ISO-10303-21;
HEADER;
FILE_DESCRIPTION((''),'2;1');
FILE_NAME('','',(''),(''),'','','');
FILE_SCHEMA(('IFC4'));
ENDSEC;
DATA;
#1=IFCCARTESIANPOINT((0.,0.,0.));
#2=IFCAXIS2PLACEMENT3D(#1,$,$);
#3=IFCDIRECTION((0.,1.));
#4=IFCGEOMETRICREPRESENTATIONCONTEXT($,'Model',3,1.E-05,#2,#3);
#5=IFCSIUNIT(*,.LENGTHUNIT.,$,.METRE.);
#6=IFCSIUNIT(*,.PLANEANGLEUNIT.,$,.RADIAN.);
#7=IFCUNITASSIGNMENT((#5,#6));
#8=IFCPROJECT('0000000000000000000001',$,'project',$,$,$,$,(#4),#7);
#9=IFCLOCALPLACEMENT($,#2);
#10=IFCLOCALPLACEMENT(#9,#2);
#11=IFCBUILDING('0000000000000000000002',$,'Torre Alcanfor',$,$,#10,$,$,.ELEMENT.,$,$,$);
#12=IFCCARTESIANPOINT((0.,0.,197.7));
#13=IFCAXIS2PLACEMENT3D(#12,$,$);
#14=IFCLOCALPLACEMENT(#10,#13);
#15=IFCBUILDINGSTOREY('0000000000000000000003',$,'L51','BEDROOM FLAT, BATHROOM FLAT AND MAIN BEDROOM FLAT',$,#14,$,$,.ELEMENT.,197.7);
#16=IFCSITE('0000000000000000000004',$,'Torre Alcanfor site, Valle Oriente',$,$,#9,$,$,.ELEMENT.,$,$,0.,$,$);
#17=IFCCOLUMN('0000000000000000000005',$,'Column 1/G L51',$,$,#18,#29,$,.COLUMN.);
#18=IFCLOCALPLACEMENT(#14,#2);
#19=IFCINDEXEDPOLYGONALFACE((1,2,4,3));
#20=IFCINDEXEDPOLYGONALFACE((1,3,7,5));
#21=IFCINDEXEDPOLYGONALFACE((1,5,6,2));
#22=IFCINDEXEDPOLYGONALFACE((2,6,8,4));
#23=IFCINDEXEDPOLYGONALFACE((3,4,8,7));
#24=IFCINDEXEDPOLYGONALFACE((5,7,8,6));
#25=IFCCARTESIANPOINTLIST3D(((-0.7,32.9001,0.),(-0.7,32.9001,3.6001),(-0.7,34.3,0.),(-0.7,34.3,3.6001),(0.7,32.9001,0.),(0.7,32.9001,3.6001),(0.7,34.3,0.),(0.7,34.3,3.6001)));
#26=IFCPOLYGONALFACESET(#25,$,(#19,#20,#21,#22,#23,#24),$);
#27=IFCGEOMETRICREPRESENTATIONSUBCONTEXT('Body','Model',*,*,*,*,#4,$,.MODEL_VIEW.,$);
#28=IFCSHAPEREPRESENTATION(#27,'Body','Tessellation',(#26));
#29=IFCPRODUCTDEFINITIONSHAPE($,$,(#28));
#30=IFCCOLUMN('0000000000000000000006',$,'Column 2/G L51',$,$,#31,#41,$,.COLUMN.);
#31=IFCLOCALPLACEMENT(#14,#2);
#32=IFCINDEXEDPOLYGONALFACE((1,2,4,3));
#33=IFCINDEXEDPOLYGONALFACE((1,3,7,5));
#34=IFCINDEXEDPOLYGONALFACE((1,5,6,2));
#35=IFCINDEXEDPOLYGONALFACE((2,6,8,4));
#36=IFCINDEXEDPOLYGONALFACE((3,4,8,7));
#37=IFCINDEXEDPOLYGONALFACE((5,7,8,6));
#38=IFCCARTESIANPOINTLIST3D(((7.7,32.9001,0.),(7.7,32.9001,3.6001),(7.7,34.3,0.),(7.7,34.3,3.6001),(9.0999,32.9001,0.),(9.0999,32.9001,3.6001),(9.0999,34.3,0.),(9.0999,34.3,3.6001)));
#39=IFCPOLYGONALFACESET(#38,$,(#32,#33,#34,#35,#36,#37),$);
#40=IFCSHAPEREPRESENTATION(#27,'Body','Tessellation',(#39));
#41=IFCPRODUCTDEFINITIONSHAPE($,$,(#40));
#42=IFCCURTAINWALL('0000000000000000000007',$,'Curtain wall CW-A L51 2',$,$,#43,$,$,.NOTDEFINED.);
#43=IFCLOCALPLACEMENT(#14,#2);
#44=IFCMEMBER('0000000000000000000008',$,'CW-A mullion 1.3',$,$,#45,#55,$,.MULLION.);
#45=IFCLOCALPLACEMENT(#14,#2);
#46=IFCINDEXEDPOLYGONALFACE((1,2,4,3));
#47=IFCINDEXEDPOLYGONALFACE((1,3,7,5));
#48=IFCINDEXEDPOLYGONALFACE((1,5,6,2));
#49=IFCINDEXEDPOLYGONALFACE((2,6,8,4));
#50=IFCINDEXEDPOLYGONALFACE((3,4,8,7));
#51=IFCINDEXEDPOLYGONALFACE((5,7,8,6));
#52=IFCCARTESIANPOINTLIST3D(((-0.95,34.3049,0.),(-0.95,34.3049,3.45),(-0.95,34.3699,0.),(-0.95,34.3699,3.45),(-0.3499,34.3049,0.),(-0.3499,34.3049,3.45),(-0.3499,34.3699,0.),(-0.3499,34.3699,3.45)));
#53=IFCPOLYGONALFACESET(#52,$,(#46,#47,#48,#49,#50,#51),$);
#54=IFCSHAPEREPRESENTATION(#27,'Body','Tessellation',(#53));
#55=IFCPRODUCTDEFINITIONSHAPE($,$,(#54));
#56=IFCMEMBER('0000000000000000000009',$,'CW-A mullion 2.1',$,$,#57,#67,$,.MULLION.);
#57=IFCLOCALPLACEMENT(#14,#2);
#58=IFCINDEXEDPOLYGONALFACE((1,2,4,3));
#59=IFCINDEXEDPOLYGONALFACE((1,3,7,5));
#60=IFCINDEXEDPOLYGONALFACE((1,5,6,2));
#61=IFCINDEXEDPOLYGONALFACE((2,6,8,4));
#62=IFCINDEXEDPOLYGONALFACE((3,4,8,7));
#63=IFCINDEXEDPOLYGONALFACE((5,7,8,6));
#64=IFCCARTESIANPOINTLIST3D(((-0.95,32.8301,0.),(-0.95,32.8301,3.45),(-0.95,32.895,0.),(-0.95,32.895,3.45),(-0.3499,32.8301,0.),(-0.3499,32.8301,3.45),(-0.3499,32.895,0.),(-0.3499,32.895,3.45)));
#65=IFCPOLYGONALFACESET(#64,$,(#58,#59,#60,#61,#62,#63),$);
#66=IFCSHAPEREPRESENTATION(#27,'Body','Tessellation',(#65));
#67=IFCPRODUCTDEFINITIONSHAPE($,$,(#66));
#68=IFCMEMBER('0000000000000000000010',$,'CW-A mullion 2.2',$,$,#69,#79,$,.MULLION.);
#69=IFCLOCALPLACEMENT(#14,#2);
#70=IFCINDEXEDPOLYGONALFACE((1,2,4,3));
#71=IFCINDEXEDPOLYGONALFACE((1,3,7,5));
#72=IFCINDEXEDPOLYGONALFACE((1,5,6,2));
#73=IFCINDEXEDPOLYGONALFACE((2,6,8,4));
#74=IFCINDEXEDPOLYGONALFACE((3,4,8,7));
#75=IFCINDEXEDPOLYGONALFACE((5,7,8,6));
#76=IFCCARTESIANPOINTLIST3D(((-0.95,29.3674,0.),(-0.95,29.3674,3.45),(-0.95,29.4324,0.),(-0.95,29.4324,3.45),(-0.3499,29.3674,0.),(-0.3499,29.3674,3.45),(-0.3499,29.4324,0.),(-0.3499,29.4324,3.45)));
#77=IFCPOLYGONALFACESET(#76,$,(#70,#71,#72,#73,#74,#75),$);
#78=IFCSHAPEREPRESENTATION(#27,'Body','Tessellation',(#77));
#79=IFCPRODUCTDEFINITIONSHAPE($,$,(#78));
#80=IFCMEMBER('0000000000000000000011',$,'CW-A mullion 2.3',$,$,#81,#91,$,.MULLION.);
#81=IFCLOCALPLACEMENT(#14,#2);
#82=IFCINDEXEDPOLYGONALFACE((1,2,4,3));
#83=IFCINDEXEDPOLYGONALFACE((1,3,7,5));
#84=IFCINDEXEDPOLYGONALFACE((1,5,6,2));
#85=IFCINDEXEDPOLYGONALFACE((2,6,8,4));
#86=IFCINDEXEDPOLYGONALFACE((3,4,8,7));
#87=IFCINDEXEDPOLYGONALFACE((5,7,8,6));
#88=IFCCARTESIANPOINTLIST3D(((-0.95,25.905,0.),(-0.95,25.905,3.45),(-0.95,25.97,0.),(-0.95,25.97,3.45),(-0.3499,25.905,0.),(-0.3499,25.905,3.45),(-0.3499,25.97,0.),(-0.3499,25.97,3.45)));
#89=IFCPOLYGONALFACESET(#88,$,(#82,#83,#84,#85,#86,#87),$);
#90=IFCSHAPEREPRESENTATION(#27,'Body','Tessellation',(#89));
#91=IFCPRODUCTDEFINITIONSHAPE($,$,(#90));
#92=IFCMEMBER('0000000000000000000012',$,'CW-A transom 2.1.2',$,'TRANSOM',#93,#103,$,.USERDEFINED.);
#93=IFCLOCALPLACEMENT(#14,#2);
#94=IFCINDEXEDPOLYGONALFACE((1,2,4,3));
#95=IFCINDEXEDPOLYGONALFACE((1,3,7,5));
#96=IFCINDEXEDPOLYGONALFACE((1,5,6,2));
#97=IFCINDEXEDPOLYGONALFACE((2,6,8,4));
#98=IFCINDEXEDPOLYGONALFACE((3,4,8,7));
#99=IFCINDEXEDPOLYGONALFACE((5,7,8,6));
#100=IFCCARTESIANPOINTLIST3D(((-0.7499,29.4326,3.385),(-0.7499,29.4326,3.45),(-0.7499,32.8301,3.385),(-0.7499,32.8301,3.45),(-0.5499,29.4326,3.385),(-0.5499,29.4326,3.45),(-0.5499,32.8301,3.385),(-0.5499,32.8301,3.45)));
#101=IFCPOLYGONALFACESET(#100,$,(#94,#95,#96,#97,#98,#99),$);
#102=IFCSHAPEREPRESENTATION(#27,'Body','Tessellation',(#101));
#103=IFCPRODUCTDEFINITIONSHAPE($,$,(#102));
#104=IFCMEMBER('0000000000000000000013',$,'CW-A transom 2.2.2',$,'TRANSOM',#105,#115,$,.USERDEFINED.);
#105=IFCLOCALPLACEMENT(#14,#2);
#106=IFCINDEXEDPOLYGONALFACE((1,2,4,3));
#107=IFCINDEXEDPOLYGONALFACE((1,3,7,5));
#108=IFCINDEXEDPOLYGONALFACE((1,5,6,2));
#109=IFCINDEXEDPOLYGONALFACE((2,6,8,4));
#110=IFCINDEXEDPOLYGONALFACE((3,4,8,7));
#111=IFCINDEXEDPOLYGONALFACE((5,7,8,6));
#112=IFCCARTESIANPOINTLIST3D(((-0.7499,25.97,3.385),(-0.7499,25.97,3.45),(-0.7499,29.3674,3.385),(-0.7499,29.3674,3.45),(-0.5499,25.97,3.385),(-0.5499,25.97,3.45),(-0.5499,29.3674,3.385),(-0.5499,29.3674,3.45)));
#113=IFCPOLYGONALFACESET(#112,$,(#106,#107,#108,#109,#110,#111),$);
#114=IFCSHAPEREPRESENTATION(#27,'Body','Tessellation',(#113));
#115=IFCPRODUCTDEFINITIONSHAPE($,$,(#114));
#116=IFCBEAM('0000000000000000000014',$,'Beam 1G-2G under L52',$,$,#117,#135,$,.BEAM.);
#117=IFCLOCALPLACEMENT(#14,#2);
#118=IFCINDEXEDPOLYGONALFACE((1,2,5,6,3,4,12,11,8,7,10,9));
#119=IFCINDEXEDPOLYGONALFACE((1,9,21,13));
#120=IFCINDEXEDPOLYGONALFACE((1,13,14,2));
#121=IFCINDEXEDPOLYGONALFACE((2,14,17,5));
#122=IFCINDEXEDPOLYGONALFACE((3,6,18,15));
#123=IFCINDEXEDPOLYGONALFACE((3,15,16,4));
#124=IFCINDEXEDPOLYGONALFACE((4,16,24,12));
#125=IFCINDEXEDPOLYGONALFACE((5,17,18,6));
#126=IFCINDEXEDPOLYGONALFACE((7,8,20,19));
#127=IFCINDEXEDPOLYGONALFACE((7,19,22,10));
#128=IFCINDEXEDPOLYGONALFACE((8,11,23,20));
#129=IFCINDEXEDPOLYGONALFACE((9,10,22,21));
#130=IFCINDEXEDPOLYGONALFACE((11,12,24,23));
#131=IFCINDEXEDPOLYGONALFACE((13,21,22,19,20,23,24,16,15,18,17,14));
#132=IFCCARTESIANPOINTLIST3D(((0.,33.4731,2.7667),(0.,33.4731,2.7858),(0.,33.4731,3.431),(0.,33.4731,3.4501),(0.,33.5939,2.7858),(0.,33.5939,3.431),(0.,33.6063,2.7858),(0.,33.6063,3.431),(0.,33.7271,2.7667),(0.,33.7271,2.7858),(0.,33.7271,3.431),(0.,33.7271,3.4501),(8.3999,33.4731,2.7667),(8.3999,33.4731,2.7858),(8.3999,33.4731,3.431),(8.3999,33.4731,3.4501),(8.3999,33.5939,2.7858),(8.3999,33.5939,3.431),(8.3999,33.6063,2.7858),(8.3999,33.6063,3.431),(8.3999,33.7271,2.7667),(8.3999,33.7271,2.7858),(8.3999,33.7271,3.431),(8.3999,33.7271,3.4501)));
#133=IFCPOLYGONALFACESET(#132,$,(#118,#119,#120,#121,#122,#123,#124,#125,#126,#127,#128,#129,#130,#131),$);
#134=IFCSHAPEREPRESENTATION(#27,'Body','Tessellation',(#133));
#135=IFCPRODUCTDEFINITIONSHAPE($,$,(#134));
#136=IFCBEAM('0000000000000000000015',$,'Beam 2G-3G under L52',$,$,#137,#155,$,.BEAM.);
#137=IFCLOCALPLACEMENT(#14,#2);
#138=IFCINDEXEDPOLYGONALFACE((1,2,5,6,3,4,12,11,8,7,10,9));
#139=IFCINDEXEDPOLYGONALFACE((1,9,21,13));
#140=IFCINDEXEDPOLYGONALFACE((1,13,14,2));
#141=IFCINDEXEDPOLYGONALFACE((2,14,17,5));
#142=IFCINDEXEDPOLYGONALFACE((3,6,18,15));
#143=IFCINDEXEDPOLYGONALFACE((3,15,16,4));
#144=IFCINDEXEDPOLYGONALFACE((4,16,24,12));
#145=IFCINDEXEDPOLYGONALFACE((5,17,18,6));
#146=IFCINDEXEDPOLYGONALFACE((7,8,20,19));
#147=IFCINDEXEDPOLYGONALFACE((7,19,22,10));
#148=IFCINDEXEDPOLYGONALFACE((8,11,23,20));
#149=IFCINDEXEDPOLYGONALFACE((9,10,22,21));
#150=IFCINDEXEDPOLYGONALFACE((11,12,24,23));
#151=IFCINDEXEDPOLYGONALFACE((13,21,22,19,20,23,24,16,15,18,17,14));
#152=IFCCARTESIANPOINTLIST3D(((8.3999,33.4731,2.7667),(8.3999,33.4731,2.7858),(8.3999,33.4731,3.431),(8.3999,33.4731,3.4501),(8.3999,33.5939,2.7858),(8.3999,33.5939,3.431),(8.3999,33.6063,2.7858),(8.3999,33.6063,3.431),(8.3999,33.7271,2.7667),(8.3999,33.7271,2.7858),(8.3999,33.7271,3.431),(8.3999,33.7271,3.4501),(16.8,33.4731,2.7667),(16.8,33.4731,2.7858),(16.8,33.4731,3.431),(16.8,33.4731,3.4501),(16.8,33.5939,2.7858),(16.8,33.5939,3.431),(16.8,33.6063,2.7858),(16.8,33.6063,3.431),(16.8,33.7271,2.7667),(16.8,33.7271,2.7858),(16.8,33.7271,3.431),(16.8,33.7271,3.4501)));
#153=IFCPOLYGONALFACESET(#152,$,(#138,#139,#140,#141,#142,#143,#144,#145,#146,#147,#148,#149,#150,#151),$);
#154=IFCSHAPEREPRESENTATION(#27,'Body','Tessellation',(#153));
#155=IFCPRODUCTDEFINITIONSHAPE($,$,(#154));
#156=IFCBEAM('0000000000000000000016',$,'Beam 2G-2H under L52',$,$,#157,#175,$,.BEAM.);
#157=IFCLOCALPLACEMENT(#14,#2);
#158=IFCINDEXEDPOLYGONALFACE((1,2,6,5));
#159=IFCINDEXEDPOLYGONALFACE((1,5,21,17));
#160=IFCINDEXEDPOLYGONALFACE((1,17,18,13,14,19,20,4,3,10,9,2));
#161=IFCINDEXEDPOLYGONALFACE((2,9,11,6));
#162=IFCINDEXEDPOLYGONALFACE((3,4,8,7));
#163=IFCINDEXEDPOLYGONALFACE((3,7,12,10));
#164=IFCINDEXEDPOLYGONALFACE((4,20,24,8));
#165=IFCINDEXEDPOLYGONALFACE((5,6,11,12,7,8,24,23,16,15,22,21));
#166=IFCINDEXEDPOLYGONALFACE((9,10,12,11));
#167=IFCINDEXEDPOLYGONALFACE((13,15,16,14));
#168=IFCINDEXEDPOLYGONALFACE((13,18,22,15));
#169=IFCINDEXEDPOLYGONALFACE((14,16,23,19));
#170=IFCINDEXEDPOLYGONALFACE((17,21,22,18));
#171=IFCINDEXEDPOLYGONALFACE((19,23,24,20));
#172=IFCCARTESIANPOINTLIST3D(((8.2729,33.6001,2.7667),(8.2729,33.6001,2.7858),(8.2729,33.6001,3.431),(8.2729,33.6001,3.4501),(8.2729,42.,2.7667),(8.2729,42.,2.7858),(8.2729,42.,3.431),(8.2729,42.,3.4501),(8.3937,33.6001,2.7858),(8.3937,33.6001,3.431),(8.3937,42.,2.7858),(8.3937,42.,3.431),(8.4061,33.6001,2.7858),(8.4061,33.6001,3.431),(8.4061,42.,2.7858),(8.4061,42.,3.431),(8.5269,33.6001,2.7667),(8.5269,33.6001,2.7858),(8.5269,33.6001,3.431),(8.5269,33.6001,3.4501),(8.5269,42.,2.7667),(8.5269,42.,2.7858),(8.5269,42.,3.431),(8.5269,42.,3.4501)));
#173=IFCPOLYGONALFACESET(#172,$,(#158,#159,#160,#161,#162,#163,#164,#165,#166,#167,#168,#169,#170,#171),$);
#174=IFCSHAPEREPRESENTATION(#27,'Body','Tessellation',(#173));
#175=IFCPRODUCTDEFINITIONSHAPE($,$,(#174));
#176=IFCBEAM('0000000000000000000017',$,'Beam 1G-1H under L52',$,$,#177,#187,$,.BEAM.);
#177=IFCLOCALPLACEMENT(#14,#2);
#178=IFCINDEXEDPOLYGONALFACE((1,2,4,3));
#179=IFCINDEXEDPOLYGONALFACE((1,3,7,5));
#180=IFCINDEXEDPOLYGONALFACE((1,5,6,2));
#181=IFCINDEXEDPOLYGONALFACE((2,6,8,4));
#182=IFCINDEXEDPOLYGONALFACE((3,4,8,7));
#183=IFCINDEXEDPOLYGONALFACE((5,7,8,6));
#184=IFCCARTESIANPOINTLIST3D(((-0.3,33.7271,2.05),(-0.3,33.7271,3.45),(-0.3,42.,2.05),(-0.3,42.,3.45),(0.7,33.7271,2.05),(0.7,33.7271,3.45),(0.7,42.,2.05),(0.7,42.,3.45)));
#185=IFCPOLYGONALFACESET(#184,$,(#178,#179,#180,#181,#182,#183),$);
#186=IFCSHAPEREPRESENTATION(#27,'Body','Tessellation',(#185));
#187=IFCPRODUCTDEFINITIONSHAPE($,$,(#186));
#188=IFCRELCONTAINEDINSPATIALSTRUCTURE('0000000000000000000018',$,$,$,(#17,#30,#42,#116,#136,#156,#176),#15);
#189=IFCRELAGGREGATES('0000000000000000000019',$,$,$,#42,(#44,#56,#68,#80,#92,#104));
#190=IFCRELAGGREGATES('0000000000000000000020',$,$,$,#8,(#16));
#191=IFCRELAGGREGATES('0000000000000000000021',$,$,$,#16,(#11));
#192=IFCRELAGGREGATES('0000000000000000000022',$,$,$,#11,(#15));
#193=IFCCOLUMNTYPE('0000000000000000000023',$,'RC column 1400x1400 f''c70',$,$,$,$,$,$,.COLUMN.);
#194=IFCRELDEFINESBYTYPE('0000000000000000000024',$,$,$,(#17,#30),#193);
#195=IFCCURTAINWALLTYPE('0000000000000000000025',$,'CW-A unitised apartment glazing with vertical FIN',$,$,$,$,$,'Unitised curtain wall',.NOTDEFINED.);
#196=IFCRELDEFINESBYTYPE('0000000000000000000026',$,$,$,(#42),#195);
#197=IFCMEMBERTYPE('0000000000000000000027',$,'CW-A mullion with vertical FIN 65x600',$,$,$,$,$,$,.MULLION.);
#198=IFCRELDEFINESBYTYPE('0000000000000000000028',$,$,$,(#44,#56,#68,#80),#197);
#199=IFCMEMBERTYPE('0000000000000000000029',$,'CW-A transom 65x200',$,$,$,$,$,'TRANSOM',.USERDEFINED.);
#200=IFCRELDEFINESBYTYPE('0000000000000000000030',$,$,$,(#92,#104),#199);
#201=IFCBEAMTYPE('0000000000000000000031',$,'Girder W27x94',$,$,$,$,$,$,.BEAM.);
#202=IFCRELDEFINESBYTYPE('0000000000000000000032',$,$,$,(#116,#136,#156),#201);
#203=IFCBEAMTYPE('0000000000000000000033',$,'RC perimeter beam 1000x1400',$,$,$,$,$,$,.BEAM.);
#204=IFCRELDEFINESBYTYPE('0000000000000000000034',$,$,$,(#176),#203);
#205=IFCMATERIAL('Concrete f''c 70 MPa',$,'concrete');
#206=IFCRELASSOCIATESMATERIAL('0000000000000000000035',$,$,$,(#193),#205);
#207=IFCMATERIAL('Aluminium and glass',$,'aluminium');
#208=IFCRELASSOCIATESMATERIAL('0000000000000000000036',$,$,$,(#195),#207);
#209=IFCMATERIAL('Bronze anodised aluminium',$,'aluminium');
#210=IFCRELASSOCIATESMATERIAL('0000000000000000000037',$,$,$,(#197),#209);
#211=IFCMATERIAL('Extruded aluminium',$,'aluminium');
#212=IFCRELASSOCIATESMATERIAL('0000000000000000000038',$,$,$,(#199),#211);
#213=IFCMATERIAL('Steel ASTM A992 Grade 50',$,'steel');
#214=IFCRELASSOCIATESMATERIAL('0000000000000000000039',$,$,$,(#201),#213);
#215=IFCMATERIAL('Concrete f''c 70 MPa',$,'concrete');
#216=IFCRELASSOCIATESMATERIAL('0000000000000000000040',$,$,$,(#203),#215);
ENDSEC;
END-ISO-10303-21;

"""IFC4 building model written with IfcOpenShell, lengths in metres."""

from ifc_helpers import new_model, si_unit, direction, frame, origin, origin_2d, place, context, subcontext, project, spatial, rectangle, i_section, extrude, material, material_profile, profile_set, type_object, element, aggregate, save


model = new_model("IFC4")

# Units and contexts
model_context = context("Model", 3, precision=1e-05, world=origin(), true_north=direction((0.0, 1.0)))
body_context = subcontext(model_context, "Body", "Model", "MODEL_VIEW")
ifc_project = project(units=[si_unit("LENGTHUNIT", "METRE"), si_unit("PLANEANGLEUNIT", "RADIAN")], contexts=[model_context])

# Site, building, storey
site_placement = place(None, origin())
site = spatial("IfcSite", under=ifc_project, at=site_placement, Name="Torre Alcanfor site, Valle Oriente", CompositionType="ELEMENT", RefElevation=0.0)
building_placement = place(site_placement, origin())
building = spatial("IfcBuilding", under=site, at=building_placement, Name="Torre Alcanfor", CompositionType="ELEMENT")
storey_placement = place(building_placement, frame((0.0, 0.0, 197.7)))
storey = spatial("IfcBuildingStorey", under=building, at=storey_placement, Name="L51", Description="BEDROOM FLAT, BATHROOM FLAT AND MAIN BEDROOM FLAT", CompositionType="ELEMENT", Elevation=197.7)

# Columns
ifc_material_1 = material(Name="Concrete f'c 70 MPa", Category="concrete")
ifc_material_profile_1 = material_profile(ifc_material_1, rectangle(XDim=1.3999, YDim=1.3999, at=origin_2d()), Name="1400x1400")
ifc_profile_set_1 = profile_set([ifc_material_profile_1], Name="Concrete f'c 70 MPa")
column_type = type_object("IfcColumnType", Name="RC column 1400x1400 f'c70", PredefinedType="COLUMN", material=ifc_profile_set_1)
for number, where, z_axis, x_axis, name in (
    (1, (0.0, 33.6001, 0.0), (0.0, 0.0, 1.0), (1.0, 0.0, 0.0), "Column 1/G L51"),
    (2, (8.3999, 33.6001, 0.0), (0.0, 0.0, 1.0), (1.0, 0.0, 0.0), "Column 2/G L51"),
):
    element("IfcColumn", number, at=place(storey_placement, frame(where, z_axis=z_axis, x_axis=x_axis)), inside=storey, type_object=column_type, Name=name, PredefinedType="COLUMN", context=body_context, shape_type="SweptSolid", body=[
        extrude(rectangle(XDim=1.3999, YDim=1.3999, at=origin_2d()), origin(), (0.0, 0.0, 1.0), 3.6001),
    ])

# Curtain wall, members
ifc_material_2 = material(Name="Aluminium and glass", Category="aluminium")
curtain_wall_type = type_object("IfcCurtainWallType", Name="CW-A unitised apartment glazing with vertical FIN", ElementType="Unitised curtain wall", PredefinedType="NOTDEFINED", material=ifc_material_2)
curtain_wall_placement = place(storey_placement, origin())
curtain_wall = element("IfcCurtainWall", 3, at=curtain_wall_placement, inside=storey, type_object=curtain_wall_type, Name="Curtain wall CW-A L51 2", PredefinedType="NOTDEFINED")
ifc_material_3 = material(Name="Bronze anodised aluminium", Category="aluminium")
ifc_material_profile_2 = material_profile(ifc_material_3, rectangle(XDim=0.6001, YDim=0.0649, at=origin_2d()), Name="CW-A mullion 65x600")
ifc_profile_set_2 = profile_set([ifc_material_profile_2], Name="Bronze anodised aluminium")
member_type_1 = type_object("IfcMemberType", Name="CW-A mullion with vertical FIN 65x600", PredefinedType="MULLION", material=ifc_profile_set_2)
member_1_placement = place(storey_placement, frame((-0.6499, 34.3374, 0.0), z_axis=(0.0, 0.0, 1.0), x_axis=(1.0, 0.0, 0.0)))
member_1 = element("IfcMember", 4, at=member_1_placement, type_object=member_type_1, Name="CW-A mullion 1.3", PredefinedType="MULLION", context=body_context, shape_type="SweptSolid", body=[
    extrude(rectangle(XDim=0.6001, YDim=0.0649, at=origin_2d()), origin(), (0.0, 0.0, 1.0), 3.45),
])
member_2_placement = place(storey_placement, frame((-0.6499, 32.8625, 0.0), z_axis=(0.0, 0.0, 1.0), x_axis=(1.0, 0.0, 0.0)))
member_2 = element("IfcMember", 5, at=member_2_placement, type_object=member_type_1, Name="CW-A mullion 2.1", PredefinedType="MULLION", context=body_context, shape_type="SweptSolid", body=[
    extrude(rectangle(XDim=0.6001, YDim=0.0649, at=origin_2d()), origin(), (0.0, 0.0, 1.0), 3.45),
])
member_3_placement = place(storey_placement, frame((-0.6499, 29.3999, 0.0), z_axis=(0.0, 0.0, 1.0), x_axis=(1.0, 0.0, 0.0)))
member_3 = element("IfcMember", 6, at=member_3_placement, type_object=member_type_1, Name="CW-A mullion 2.2", PredefinedType="MULLION", context=body_context, shape_type="SweptSolid", body=[
    extrude(rectangle(XDim=0.6001, YDim=0.0649, at=origin_2d()), origin(), (0.0, 0.0, 1.0), 3.45),
])
member_4_placement = place(storey_placement, frame((-0.6499, 25.9375, 0.0), z_axis=(0.0, 0.0, 1.0), x_axis=(1.0, 0.0, 0.0)))
member_4 = element("IfcMember", 7, at=member_4_placement, type_object=member_type_1, Name="CW-A mullion 2.3", PredefinedType="MULLION", context=body_context, shape_type="SweptSolid", body=[
    extrude(rectangle(XDim=0.6001, YDim=0.0649, at=origin_2d()), origin(), (0.0, 0.0, 1.0), 3.45),
])
ifc_material_4 = material(Name="Extruded aluminium", Category="aluminium")
ifc_material_profile_3 = material_profile(ifc_material_4, rectangle(XDim=0.2, YDim=0.0649, at=origin_2d()), Name="CW-A transom 200x65")
ifc_profile_set_3 = profile_set([ifc_material_profile_3], Name="Extruded aluminium")
member_type_2 = type_object("IfcMemberType", Name="CW-A transom 65x200", ElementType="TRANSOM", PredefinedType="USERDEFINED", material=ifc_profile_set_3)
member_5_placement = place(storey_placement, frame((-0.6499, 32.8301, 3.4175), z_axis=(0.0, -1.0, 0.0), x_axis=(1.0, 0.0, 0.0)))
member_5 = element("IfcMember", 8, at=member_5_placement, type_object=member_type_2, Name="CW-A transom 2.1.2", ObjectType="TRANSOM", PredefinedType="USERDEFINED", context=body_context, shape_type="SweptSolid", body=[
    extrude(rectangle(XDim=0.2, YDim=0.0649, at=origin_2d()), origin(), (0.0, 0.0, 1.0), 3.3975),
])
member_6_placement = place(storey_placement, frame((-0.6499, 29.3674, 3.4175), z_axis=(0.0, -1.0, 0.0), x_axis=(1.0, 0.0, 0.0)))
member_6 = element("IfcMember", 9, at=member_6_placement, type_object=member_type_2, Name="CW-A transom 2.2.2", ObjectType="TRANSOM", PredefinedType="USERDEFINED", context=body_context, shape_type="SweptSolid", body=[
    extrude(rectangle(XDim=0.2, YDim=0.0649, at=origin_2d()), origin(), (0.0, 0.0, 1.0), 3.3975),
])

# Beams
ifc_material_5 = material(Name="Steel ASTM A992 Grade 50", Category="steel")
ifc_material_profile_4 = material_profile(ifc_material_5, i_section(OverallWidth=0.2539, OverallDepth=0.6833, WebThickness=0.0125, FlangeThickness=0.019, at=origin_2d()), Name="W27x94")
ifc_profile_set_4 = profile_set([ifc_material_profile_4], Name="Steel ASTM A992 Grade 50")
beam_type_1 = type_object("IfcBeamType", Name="Girder W27x94", PredefinedType="BEAM", material=ifc_profile_set_4)
beam_1_placement = place(storey_placement, frame((0.0, 33.6001, 3.1084), z_axis=(1.0, 0.0, 0.0), x_axis=(0.0, 1.0, 0.0)))
element("IfcBeam", 10, at=beam_1_placement, inside=storey, type_object=beam_type_1, Name="Beam 1G-2G under L52", PredefinedType="BEAM", context=body_context, shape_type="SweptSolid", body=[
    extrude(i_section(OverallWidth=0.2539, OverallDepth=0.6833, WebThickness=0.0125, FlangeThickness=0.019, at=origin_2d()), origin(), (0.0, 0.0, 1.0), 8.3999),
])
beam_2_placement = place(storey_placement, frame((8.3999, 33.6001, 3.1084), z_axis=(1.0, 0.0, 0.0), x_axis=(0.0, 1.0, 0.0)))
element("IfcBeam", 11, at=beam_2_placement, inside=storey, type_object=beam_type_1, Name="Beam 2G-3G under L52", PredefinedType="BEAM", context=body_context, shape_type="SweptSolid", body=[
    extrude(i_section(OverallWidth=0.2539, OverallDepth=0.6833, WebThickness=0.0125, FlangeThickness=0.019, at=origin_2d()), origin(), (0.0, 0.0, 1.0), 8.4001),
])
beam_3_placement = place(storey_placement, frame((8.3999, 33.6001, 3.1084), z_axis=(0.0, 1.0, 0.0), x_axis=(-1.0, 0.0, 0.0)))
element("IfcBeam", 12, at=beam_3_placement, inside=storey, type_object=beam_type_1, Name="Beam 2G-2H under L52", PredefinedType="BEAM", context=body_context, shape_type="SweptSolid", body=[
    extrude(i_section(OverallWidth=0.2539, OverallDepth=0.6833, WebThickness=0.0125, FlangeThickness=0.019, at=origin_2d()), origin(), (0.0, 0.0, 1.0), 8.3999),
])
ifc_material_6 = material(Name="Concrete f'c 70 MPa", Category="concrete")
ifc_material_profile_5 = material_profile(ifc_material_6, rectangle(XDim=1.0, YDim=1.3999, at=origin_2d()), Name="1000x1400")
ifc_profile_set_5 = profile_set([ifc_material_profile_5], Name="Concrete f'c 70 MPa")
beam_type_2 = type_object("IfcBeamType", Name="RC perimeter beam 1000x1400", PredefinedType="BEAM", material=ifc_profile_set_5)
beam_4_placement = place(storey_placement, frame((0.2, 33.7271, 2.75), z_axis=(0.0, 1.0, 0.0), x_axis=(-1.0, 0.0, 0.0)))
element("IfcBeam", 13, at=beam_4_placement, inside=storey, type_object=beam_type_2, Name="Beam 1G-1H under L52", PredefinedType="BEAM", context=body_context, shape_type="SweptSolid", body=[
    extrude(rectangle(XDim=1.0, YDim=1.3999, at=origin_2d()), origin(), (0.0, 0.0, 1.0), 8.2729),
])

aggregate(curtain_wall, [member_1, member_2, member_3, member_4, member_5, member_6])

save(model, "model.ifc")
